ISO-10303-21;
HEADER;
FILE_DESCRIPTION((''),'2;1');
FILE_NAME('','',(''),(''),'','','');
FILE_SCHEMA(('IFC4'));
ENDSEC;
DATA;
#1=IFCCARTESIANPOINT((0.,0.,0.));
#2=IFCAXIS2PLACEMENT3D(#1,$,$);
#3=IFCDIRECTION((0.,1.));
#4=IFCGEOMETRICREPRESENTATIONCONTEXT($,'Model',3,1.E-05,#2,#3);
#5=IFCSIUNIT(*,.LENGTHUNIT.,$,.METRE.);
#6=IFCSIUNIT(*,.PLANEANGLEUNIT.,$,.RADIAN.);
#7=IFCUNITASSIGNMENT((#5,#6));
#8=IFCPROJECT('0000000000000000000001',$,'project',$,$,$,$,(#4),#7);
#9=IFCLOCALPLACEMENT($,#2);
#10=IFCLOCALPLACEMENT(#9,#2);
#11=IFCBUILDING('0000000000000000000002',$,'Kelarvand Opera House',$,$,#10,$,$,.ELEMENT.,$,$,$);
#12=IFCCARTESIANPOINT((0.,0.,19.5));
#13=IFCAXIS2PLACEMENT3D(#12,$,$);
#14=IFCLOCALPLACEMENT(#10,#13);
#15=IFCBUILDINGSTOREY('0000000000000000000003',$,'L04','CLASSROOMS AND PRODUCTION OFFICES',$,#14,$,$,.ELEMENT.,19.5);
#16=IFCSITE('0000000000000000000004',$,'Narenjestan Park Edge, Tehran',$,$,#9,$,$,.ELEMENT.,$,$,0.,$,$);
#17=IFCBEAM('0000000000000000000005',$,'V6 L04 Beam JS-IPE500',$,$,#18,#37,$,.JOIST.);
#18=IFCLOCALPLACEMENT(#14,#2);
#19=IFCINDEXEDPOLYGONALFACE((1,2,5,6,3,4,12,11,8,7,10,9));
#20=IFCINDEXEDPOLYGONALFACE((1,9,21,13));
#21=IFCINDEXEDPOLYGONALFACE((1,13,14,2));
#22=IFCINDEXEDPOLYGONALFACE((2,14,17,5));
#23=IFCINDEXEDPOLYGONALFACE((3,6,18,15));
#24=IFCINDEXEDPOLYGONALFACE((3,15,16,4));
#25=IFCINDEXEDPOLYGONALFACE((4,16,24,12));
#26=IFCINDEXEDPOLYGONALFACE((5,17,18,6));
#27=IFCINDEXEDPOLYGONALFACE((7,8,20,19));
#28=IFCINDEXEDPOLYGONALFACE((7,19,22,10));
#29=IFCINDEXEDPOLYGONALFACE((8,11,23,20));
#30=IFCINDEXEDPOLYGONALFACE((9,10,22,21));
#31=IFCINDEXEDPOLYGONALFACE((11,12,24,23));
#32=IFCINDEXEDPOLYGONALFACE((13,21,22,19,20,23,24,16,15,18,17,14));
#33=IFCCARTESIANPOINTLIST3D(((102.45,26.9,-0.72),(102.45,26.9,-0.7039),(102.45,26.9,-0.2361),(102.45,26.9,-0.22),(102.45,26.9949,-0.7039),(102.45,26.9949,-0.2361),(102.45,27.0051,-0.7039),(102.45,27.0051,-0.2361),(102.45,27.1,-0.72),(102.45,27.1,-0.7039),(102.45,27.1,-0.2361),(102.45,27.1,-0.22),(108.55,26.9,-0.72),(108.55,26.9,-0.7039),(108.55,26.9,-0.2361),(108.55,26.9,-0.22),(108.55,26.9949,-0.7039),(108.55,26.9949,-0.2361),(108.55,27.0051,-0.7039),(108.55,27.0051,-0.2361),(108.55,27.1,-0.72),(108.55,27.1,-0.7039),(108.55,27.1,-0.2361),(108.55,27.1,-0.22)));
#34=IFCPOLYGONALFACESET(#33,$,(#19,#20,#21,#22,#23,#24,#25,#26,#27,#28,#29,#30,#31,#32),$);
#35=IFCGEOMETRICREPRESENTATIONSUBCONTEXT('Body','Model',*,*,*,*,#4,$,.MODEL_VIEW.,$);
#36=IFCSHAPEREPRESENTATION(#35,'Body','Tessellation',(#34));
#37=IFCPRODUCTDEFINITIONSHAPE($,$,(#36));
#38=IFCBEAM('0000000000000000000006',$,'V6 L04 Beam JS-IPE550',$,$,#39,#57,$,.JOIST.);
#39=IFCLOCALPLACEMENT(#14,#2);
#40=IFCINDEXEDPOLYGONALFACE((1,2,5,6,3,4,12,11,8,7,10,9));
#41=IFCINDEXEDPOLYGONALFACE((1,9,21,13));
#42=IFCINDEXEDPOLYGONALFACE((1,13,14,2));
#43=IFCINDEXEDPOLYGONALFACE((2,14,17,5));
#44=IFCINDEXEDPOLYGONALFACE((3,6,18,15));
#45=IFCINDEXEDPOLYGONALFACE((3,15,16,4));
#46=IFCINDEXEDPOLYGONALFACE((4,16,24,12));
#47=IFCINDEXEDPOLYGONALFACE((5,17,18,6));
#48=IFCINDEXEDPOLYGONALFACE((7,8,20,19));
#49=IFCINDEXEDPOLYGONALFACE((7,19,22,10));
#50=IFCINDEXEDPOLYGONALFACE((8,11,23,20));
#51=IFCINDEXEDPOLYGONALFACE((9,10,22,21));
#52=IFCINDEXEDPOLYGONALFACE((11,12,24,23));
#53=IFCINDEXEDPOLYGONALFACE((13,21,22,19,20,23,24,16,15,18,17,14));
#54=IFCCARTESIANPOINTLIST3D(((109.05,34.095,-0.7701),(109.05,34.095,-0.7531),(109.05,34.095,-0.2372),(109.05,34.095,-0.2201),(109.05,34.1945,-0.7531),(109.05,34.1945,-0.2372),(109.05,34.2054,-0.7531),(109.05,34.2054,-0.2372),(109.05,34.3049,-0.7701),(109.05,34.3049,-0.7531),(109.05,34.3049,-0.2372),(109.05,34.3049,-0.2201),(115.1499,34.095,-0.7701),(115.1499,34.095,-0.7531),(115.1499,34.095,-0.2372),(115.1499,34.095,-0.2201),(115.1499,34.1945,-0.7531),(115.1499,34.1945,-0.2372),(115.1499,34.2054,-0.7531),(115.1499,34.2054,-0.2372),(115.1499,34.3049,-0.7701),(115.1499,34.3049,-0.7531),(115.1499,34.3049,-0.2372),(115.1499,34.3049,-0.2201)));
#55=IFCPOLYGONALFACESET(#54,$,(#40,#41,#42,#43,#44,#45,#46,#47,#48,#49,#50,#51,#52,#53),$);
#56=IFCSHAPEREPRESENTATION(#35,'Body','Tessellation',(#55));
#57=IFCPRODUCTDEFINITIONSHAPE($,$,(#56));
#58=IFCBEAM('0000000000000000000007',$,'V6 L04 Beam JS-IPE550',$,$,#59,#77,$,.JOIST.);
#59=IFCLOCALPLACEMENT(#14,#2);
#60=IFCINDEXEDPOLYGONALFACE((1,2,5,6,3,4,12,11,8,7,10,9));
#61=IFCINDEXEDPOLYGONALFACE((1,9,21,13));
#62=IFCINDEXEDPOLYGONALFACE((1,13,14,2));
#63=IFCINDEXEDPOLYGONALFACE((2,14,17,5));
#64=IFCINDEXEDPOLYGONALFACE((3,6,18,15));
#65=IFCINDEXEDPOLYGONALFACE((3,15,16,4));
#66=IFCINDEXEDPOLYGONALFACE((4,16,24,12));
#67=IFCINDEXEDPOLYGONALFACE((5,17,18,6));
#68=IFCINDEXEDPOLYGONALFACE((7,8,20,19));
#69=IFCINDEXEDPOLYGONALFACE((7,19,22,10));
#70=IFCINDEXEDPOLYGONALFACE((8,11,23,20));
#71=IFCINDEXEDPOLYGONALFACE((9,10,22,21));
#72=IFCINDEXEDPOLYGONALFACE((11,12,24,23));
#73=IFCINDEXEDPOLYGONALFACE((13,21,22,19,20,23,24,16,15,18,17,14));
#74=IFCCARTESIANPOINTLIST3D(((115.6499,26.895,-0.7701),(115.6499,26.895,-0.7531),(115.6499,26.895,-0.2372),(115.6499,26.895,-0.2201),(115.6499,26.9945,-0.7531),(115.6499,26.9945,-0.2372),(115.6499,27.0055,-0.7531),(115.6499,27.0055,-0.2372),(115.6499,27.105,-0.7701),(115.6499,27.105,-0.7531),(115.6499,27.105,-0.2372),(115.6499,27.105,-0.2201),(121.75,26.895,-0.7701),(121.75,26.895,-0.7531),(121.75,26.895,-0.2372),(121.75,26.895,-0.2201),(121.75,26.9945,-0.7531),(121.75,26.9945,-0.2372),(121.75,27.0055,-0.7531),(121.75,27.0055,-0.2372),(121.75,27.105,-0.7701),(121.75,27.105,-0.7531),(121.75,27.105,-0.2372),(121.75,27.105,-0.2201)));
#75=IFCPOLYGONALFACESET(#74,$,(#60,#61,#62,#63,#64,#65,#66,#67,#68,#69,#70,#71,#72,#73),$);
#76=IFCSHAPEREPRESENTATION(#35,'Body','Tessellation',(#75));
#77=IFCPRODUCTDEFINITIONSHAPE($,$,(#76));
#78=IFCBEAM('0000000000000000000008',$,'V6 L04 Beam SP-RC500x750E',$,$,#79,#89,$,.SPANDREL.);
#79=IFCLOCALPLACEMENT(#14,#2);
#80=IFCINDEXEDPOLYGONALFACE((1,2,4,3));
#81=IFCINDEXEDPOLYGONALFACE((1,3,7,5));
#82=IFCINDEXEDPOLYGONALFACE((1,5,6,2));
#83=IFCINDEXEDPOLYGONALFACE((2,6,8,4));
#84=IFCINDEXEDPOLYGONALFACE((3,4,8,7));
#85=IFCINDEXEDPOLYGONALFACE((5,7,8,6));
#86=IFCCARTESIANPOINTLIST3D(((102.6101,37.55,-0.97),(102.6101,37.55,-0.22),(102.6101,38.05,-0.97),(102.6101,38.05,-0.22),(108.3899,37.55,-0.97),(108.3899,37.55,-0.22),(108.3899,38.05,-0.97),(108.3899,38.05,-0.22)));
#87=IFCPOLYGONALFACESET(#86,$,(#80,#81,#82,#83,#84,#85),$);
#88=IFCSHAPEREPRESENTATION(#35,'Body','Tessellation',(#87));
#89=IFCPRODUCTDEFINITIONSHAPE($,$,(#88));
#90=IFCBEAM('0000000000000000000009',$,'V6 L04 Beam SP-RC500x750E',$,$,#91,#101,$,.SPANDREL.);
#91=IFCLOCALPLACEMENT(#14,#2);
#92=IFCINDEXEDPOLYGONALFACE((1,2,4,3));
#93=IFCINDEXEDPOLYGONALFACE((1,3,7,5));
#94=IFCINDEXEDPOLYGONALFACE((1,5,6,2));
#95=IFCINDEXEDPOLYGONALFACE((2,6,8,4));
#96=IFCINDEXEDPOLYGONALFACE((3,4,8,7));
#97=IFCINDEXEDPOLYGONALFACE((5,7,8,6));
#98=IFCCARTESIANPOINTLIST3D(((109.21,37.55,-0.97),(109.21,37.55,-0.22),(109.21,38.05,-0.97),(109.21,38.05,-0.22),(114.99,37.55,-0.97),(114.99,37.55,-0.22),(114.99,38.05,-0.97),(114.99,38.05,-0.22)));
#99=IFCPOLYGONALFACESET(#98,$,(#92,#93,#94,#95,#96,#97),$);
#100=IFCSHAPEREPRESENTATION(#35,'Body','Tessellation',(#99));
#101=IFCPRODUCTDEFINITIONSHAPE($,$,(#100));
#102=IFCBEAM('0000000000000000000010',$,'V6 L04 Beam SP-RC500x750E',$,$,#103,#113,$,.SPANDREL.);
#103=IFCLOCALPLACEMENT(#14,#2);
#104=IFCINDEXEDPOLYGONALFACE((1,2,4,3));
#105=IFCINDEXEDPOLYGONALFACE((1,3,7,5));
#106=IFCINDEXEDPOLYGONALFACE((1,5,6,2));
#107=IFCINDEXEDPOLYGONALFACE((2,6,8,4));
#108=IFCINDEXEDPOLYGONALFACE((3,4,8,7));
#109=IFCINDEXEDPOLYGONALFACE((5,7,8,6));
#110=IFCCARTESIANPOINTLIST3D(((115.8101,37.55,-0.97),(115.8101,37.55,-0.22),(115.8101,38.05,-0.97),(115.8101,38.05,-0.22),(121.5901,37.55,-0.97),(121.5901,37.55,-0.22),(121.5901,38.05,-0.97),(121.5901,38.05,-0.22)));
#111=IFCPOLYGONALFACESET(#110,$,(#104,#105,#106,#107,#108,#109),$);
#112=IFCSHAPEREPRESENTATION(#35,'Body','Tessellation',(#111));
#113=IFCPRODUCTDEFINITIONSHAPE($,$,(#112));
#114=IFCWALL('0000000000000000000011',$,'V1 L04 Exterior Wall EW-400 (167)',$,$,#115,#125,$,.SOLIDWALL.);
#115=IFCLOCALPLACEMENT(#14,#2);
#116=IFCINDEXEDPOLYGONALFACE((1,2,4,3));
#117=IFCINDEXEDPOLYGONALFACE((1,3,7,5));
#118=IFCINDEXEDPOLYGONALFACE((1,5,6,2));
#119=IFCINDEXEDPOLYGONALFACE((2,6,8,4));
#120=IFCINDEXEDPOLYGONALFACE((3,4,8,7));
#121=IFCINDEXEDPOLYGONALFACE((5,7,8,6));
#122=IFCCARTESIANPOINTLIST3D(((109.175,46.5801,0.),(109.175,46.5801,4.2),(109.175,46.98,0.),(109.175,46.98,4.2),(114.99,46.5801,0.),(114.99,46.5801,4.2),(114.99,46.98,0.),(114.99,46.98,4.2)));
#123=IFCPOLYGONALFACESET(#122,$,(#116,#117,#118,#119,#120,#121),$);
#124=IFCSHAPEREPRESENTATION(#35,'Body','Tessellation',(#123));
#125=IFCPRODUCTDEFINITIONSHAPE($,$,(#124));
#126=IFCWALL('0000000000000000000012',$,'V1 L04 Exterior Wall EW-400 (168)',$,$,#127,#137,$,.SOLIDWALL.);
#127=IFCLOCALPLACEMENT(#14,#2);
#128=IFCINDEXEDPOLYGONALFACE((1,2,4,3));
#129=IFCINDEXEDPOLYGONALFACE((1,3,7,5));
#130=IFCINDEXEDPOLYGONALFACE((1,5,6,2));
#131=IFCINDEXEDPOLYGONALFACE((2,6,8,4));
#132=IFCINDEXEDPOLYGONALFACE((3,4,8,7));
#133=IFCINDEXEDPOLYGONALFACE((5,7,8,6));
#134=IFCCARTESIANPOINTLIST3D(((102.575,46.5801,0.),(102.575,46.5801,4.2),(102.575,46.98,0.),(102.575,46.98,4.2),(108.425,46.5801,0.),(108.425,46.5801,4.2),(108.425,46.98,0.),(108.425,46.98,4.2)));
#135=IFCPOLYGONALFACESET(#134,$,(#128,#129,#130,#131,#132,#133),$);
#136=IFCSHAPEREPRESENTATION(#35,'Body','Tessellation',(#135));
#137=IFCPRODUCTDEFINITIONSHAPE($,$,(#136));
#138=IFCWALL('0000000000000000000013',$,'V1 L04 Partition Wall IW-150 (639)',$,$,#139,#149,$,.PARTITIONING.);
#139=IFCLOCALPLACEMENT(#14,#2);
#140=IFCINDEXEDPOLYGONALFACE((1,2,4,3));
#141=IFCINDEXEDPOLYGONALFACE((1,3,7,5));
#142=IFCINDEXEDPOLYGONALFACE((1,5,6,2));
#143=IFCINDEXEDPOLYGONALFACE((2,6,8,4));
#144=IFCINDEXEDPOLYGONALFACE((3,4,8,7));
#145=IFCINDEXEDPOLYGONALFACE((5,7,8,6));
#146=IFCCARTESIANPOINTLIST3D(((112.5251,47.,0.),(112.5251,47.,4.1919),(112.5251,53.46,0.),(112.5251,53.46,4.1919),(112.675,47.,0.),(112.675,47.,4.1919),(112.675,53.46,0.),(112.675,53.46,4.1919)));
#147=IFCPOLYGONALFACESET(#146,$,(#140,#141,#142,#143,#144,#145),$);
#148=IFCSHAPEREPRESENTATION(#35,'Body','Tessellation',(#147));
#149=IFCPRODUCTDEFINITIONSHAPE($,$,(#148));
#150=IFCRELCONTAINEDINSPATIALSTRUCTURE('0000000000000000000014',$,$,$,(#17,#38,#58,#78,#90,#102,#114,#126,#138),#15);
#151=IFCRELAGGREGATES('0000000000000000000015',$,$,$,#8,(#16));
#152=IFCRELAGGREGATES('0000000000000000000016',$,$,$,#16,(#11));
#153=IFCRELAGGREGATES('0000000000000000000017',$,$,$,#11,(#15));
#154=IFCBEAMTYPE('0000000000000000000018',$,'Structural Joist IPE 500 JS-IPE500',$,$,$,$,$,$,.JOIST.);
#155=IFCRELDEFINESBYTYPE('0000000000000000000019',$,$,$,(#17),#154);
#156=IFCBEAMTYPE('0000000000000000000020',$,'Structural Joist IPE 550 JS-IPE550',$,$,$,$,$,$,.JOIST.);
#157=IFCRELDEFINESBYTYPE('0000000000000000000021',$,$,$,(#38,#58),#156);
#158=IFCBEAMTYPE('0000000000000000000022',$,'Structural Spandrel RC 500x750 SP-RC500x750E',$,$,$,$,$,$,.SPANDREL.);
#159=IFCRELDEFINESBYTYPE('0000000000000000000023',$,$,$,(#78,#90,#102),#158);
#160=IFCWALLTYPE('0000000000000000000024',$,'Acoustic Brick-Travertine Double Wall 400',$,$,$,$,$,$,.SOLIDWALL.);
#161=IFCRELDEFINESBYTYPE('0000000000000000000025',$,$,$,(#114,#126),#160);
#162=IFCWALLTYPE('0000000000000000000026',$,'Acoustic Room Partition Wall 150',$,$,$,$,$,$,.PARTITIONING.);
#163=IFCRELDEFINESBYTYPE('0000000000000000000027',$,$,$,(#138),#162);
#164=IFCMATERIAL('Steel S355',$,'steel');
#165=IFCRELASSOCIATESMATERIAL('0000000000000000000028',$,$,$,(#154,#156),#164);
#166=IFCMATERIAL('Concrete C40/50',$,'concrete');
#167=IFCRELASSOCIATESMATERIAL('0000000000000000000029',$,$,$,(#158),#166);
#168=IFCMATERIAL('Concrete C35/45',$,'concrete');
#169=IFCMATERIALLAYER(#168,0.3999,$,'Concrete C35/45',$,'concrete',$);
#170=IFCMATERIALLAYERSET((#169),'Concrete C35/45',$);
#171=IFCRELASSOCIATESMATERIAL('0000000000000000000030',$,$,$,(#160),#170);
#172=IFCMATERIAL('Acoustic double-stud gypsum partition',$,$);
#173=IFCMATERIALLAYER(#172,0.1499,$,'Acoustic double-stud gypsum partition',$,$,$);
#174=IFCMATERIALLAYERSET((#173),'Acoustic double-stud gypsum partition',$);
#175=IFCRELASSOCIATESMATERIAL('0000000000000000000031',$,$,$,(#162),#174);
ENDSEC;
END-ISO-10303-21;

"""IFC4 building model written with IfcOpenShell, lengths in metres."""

from ifc_helpers import new_model, si_unit, direction, frame, frame_2d, origin, origin_2d, place, context, subcontext, project, spatial, rectangle, i_section, extrude, material, layer, layer_set, material_profile, profile_set, type_object, element, save


model = new_model("IFC4")

# Units and contexts
model_context = context("Model", 3, precision=1e-05, world=origin(), true_north=direction((0.0, 1.0)))
body_context = subcontext(model_context, "Body", "Model", "MODEL_VIEW")
ifc_project = project(units=[si_unit("LENGTHUNIT", "METRE"), si_unit("PLANEANGLEUNIT", "RADIAN")], contexts=[model_context])

# Site, building, storey
site_placement = place(None, origin())
site = spatial("IfcSite", under=ifc_project, at=site_placement, Name="Narenjestan Park Edge, Tehran", CompositionType="ELEMENT", RefElevation=0.0)
building_placement = place(site_placement, origin())
building = spatial("IfcBuilding", under=site, at=building_placement, Name="Kelarvand Opera House", CompositionType="ELEMENT")
storey_placement = place(building_placement, frame((0.0, 0.0, 19.5)))
storey = spatial("IfcBuildingStorey", under=building, at=storey_placement, Name="L04", Description="CLASSROOMS AND PRODUCTION OFFICES", CompositionType="ELEMENT", Elevation=19.5)

# Shared definitions
ifc_material_1 = material(Name="Concrete C40/50", Category="concrete")

# Beams
ifc_material_2 = material(Name="Concrete C35/45", Category="concrete")
ifc_material_3 = material(Name="Steel S355", Category="steel")
ifc_material_profile_1 = material_profile(ifc_material_3, i_section(OverallWidth=0.2, OverallDepth=0.5, WebThickness=0.0103, FlangeThickness=0.0161, at=origin_2d()), Name="IPE 500", Category="steel")
ifc_profile_set_1 = profile_set([ifc_material_profile_1], Name="Steel S355")
beam_type_1 = type_object("IfcBeamType", Name="Structural Joist IPE 500 JS-IPE500", PredefinedType="JOIST", material=ifc_profile_set_1)
beam_1_placement = place(storey_placement, frame((102.45, 27.0, -0.47), z_axis=(1.0, 0.0, 0.0), x_axis=(0.0, 1.0, 0.0)))
element("IfcBeam", 1, at=beam_1_placement, inside=storey, type_object=beam_type_1, Name="V6 L04 Beam JS-IPE500", PredefinedType="JOIST", context=body_context, shape_type="SweptSolid", body=[
    extrude(i_section(OverallWidth=0.2, OverallDepth=0.5, WebThickness=0.0103, FlangeThickness=0.0161, at=origin_2d()), origin(), (0.0, 0.0, 1.0), 6.1001),
])
ifc_material_profile_2 = material_profile(ifc_material_3, i_section(OverallWidth=0.21, OverallDepth=0.55, WebThickness=0.011, FlangeThickness=0.0171, at=origin_2d()), Name="IPE 550", Category="steel")
ifc_profile_set_2 = profile_set([ifc_material_profile_2], Name="Steel S355")
beam_type_2 = type_object("IfcBeamType", Name="Structural Joist IPE 550 JS-IPE550", PredefinedType="JOIST", material=ifc_profile_set_2)
beam_2_placement = place(storey_placement, frame((109.05, 34.2, -0.4951), z_axis=(1.0, 0.0, 0.0), x_axis=(0.0, 1.0, 0.0)))
element("IfcBeam", 2, at=beam_2_placement, inside=storey, type_object=beam_type_2, Name="V6 L04 Beam JS-IPE550", PredefinedType="JOIST", context=body_context, shape_type="SweptSolid", body=[
    extrude(i_section(OverallWidth=0.21, OverallDepth=0.55, WebThickness=0.011, FlangeThickness=0.0171, at=origin_2d()), origin(), (0.0, 0.0, 1.0), 6.0999),
])
beam_3_placement = place(storey_placement, frame((115.6499, 27.0, -0.4951), z_axis=(1.0, 0.0, 0.0), x_axis=(0.0, 1.0, 0.0)))
element("IfcBeam", 3, at=beam_3_placement, inside=storey, type_object=beam_type_2, Name="V6 L04 Beam JS-IPE550", PredefinedType="JOIST", context=body_context, shape_type="SweptSolid", body=[
    extrude(i_section(OverallWidth=0.21, OverallDepth=0.55, WebThickness=0.011, FlangeThickness=0.0171, at=origin_2d()), origin(), (0.0, 0.0, 1.0), 6.1001),
])
ifc_material_profile_3 = material_profile(ifc_material_1, rectangle(XDim=0.5, YDim=0.75, at=origin_2d()), Name="RC 500x750", Category="concrete")
ifc_profile_set_3 = profile_set([ifc_material_profile_3], Name="Concrete C40/50")
beam_type_3 = type_object("IfcBeamType", Name="Structural Spandrel RC 500x750 SP-RC500x750E", PredefinedType="SPANDREL", material=ifc_profile_set_3)
beam_4_placement = place(storey_placement, frame((102.6101, 37.8, -0.595), z_axis=(1.0, 0.0, 0.0), x_axis=(0.0, 1.0, 0.0)))
element("IfcBeam", 4, at=beam_4_placement, inside=storey, type_object=beam_type_3, Name="V6 L04 Beam SP-RC500x750E", PredefinedType="SPANDREL", context=body_context, shape_type="SweptSolid", body=[
    extrude(rectangle(XDim=0.5, YDim=0.75, at=origin_2d()), origin(), (0.0, 0.0, 1.0), 5.7798),
])
for number, where, z_axis, x_axis, name in (
    (5, (109.21, 37.8, -0.595), (1.0, 0.0, 0.0), (0.0, 1.0, 0.0), "V6 L04 Beam SP-RC500x750E"),
    (6, (115.8101, 37.8, -0.595), (1.0, 0.0, 0.0), (0.0, 1.0, 0.0), "V6 L04 Beam SP-RC500x750E"),
):
    element("IfcBeam", number, at=place(storey_placement, frame(where, z_axis=z_axis, x_axis=x_axis)), inside=storey, type_object=beam_type_3, Name=name, PredefinedType="SPANDREL", context=body_context, shape_type="SweptSolid", body=[
        extrude(rectangle(XDim=0.5, YDim=0.75, at=origin_2d()), origin(), (0.0, 0.0, 1.0), 5.78),
    ])

# Walls
ifc_layer_1 = layer(ifc_material_2, 0.3999, Name="Concrete C35/45", Category="concrete")
ifc_layer_set_1 = layer_set([ifc_layer_1], Name="Concrete C35/45")
wall_type_1 = type_object("IfcWallType", Name="Acoustic Brick-Travertine Double Wall 400", PredefinedType="SOLIDWALL", material=ifc_layer_set_1)
wall_1_placement = place(storey_placement, frame((114.99, 46.78, 0.0), z_axis=(0.0, 0.0, 1.0), x_axis=(-1.0, 0.0, 0.0)))
element("IfcWall", 7, at=wall_1_placement, inside=storey, type_object=wall_type_1, Name="V1 L04 Exterior Wall EW-400 (167)", PredefinedType="SOLIDWALL", context=body_context, shape_type="SweptSolid", body=[
    extrude(rectangle(XDim=5.8149, YDim=0.3999, at=frame_2d((2.9075, 0.0))), origin(), (0.0, 0.0, 1.0), 4.2),
])
wall_2_placement = place(storey_placement, frame((108.425, 46.78, 0.0), z_axis=(0.0, 0.0, 1.0), x_axis=(-1.0, 0.0, 0.0)))
element("IfcWall", 8, at=wall_2_placement, inside=storey, type_object=wall_type_1, Name="V1 L04 Exterior Wall EW-400 (168)", PredefinedType="SOLIDWALL", context=body_context, shape_type="SweptSolid", body=[
    extrude(rectangle(XDim=5.8501, YDim=0.3999, at=frame_2d((2.925, 0.0))), origin(), (0.0, 0.0, 1.0), 4.2),
])
ifc_material_4 = material(Name="Acoustic double-stud gypsum partition")
ifc_layer_2 = layer(ifc_material_4, 0.1499, Name="Acoustic double-stud gypsum partition")
ifc_layer_set_2 = layer_set([ifc_layer_2], Name="Acoustic double-stud gypsum partition")
wall_type_2 = type_object("IfcWallType", Name="Acoustic Room Partition Wall 150", PredefinedType="PARTITIONING", material=ifc_layer_set_2)
wall_3_placement = place(storey_placement, frame((112.6001, 47.0, 0.0), z_axis=(0.0, 0.0, 1.0), x_axis=(0.0, 1.0, 0.0)))
element("IfcWall", 9, at=wall_3_placement, inside=storey, type_object=wall_type_2, Name="V1 L04 Partition Wall IW-150 (639)", PredefinedType="PARTITIONING", context=body_context, shape_type="SweptSolid", body=[
    extrude(rectangle(XDim=6.46, YDim=0.1499, at=frame_2d((3.23, 0.0))), origin(), (0.0, 0.0, 1.0), 4.1919),
])

save(model, "model.ifc")
